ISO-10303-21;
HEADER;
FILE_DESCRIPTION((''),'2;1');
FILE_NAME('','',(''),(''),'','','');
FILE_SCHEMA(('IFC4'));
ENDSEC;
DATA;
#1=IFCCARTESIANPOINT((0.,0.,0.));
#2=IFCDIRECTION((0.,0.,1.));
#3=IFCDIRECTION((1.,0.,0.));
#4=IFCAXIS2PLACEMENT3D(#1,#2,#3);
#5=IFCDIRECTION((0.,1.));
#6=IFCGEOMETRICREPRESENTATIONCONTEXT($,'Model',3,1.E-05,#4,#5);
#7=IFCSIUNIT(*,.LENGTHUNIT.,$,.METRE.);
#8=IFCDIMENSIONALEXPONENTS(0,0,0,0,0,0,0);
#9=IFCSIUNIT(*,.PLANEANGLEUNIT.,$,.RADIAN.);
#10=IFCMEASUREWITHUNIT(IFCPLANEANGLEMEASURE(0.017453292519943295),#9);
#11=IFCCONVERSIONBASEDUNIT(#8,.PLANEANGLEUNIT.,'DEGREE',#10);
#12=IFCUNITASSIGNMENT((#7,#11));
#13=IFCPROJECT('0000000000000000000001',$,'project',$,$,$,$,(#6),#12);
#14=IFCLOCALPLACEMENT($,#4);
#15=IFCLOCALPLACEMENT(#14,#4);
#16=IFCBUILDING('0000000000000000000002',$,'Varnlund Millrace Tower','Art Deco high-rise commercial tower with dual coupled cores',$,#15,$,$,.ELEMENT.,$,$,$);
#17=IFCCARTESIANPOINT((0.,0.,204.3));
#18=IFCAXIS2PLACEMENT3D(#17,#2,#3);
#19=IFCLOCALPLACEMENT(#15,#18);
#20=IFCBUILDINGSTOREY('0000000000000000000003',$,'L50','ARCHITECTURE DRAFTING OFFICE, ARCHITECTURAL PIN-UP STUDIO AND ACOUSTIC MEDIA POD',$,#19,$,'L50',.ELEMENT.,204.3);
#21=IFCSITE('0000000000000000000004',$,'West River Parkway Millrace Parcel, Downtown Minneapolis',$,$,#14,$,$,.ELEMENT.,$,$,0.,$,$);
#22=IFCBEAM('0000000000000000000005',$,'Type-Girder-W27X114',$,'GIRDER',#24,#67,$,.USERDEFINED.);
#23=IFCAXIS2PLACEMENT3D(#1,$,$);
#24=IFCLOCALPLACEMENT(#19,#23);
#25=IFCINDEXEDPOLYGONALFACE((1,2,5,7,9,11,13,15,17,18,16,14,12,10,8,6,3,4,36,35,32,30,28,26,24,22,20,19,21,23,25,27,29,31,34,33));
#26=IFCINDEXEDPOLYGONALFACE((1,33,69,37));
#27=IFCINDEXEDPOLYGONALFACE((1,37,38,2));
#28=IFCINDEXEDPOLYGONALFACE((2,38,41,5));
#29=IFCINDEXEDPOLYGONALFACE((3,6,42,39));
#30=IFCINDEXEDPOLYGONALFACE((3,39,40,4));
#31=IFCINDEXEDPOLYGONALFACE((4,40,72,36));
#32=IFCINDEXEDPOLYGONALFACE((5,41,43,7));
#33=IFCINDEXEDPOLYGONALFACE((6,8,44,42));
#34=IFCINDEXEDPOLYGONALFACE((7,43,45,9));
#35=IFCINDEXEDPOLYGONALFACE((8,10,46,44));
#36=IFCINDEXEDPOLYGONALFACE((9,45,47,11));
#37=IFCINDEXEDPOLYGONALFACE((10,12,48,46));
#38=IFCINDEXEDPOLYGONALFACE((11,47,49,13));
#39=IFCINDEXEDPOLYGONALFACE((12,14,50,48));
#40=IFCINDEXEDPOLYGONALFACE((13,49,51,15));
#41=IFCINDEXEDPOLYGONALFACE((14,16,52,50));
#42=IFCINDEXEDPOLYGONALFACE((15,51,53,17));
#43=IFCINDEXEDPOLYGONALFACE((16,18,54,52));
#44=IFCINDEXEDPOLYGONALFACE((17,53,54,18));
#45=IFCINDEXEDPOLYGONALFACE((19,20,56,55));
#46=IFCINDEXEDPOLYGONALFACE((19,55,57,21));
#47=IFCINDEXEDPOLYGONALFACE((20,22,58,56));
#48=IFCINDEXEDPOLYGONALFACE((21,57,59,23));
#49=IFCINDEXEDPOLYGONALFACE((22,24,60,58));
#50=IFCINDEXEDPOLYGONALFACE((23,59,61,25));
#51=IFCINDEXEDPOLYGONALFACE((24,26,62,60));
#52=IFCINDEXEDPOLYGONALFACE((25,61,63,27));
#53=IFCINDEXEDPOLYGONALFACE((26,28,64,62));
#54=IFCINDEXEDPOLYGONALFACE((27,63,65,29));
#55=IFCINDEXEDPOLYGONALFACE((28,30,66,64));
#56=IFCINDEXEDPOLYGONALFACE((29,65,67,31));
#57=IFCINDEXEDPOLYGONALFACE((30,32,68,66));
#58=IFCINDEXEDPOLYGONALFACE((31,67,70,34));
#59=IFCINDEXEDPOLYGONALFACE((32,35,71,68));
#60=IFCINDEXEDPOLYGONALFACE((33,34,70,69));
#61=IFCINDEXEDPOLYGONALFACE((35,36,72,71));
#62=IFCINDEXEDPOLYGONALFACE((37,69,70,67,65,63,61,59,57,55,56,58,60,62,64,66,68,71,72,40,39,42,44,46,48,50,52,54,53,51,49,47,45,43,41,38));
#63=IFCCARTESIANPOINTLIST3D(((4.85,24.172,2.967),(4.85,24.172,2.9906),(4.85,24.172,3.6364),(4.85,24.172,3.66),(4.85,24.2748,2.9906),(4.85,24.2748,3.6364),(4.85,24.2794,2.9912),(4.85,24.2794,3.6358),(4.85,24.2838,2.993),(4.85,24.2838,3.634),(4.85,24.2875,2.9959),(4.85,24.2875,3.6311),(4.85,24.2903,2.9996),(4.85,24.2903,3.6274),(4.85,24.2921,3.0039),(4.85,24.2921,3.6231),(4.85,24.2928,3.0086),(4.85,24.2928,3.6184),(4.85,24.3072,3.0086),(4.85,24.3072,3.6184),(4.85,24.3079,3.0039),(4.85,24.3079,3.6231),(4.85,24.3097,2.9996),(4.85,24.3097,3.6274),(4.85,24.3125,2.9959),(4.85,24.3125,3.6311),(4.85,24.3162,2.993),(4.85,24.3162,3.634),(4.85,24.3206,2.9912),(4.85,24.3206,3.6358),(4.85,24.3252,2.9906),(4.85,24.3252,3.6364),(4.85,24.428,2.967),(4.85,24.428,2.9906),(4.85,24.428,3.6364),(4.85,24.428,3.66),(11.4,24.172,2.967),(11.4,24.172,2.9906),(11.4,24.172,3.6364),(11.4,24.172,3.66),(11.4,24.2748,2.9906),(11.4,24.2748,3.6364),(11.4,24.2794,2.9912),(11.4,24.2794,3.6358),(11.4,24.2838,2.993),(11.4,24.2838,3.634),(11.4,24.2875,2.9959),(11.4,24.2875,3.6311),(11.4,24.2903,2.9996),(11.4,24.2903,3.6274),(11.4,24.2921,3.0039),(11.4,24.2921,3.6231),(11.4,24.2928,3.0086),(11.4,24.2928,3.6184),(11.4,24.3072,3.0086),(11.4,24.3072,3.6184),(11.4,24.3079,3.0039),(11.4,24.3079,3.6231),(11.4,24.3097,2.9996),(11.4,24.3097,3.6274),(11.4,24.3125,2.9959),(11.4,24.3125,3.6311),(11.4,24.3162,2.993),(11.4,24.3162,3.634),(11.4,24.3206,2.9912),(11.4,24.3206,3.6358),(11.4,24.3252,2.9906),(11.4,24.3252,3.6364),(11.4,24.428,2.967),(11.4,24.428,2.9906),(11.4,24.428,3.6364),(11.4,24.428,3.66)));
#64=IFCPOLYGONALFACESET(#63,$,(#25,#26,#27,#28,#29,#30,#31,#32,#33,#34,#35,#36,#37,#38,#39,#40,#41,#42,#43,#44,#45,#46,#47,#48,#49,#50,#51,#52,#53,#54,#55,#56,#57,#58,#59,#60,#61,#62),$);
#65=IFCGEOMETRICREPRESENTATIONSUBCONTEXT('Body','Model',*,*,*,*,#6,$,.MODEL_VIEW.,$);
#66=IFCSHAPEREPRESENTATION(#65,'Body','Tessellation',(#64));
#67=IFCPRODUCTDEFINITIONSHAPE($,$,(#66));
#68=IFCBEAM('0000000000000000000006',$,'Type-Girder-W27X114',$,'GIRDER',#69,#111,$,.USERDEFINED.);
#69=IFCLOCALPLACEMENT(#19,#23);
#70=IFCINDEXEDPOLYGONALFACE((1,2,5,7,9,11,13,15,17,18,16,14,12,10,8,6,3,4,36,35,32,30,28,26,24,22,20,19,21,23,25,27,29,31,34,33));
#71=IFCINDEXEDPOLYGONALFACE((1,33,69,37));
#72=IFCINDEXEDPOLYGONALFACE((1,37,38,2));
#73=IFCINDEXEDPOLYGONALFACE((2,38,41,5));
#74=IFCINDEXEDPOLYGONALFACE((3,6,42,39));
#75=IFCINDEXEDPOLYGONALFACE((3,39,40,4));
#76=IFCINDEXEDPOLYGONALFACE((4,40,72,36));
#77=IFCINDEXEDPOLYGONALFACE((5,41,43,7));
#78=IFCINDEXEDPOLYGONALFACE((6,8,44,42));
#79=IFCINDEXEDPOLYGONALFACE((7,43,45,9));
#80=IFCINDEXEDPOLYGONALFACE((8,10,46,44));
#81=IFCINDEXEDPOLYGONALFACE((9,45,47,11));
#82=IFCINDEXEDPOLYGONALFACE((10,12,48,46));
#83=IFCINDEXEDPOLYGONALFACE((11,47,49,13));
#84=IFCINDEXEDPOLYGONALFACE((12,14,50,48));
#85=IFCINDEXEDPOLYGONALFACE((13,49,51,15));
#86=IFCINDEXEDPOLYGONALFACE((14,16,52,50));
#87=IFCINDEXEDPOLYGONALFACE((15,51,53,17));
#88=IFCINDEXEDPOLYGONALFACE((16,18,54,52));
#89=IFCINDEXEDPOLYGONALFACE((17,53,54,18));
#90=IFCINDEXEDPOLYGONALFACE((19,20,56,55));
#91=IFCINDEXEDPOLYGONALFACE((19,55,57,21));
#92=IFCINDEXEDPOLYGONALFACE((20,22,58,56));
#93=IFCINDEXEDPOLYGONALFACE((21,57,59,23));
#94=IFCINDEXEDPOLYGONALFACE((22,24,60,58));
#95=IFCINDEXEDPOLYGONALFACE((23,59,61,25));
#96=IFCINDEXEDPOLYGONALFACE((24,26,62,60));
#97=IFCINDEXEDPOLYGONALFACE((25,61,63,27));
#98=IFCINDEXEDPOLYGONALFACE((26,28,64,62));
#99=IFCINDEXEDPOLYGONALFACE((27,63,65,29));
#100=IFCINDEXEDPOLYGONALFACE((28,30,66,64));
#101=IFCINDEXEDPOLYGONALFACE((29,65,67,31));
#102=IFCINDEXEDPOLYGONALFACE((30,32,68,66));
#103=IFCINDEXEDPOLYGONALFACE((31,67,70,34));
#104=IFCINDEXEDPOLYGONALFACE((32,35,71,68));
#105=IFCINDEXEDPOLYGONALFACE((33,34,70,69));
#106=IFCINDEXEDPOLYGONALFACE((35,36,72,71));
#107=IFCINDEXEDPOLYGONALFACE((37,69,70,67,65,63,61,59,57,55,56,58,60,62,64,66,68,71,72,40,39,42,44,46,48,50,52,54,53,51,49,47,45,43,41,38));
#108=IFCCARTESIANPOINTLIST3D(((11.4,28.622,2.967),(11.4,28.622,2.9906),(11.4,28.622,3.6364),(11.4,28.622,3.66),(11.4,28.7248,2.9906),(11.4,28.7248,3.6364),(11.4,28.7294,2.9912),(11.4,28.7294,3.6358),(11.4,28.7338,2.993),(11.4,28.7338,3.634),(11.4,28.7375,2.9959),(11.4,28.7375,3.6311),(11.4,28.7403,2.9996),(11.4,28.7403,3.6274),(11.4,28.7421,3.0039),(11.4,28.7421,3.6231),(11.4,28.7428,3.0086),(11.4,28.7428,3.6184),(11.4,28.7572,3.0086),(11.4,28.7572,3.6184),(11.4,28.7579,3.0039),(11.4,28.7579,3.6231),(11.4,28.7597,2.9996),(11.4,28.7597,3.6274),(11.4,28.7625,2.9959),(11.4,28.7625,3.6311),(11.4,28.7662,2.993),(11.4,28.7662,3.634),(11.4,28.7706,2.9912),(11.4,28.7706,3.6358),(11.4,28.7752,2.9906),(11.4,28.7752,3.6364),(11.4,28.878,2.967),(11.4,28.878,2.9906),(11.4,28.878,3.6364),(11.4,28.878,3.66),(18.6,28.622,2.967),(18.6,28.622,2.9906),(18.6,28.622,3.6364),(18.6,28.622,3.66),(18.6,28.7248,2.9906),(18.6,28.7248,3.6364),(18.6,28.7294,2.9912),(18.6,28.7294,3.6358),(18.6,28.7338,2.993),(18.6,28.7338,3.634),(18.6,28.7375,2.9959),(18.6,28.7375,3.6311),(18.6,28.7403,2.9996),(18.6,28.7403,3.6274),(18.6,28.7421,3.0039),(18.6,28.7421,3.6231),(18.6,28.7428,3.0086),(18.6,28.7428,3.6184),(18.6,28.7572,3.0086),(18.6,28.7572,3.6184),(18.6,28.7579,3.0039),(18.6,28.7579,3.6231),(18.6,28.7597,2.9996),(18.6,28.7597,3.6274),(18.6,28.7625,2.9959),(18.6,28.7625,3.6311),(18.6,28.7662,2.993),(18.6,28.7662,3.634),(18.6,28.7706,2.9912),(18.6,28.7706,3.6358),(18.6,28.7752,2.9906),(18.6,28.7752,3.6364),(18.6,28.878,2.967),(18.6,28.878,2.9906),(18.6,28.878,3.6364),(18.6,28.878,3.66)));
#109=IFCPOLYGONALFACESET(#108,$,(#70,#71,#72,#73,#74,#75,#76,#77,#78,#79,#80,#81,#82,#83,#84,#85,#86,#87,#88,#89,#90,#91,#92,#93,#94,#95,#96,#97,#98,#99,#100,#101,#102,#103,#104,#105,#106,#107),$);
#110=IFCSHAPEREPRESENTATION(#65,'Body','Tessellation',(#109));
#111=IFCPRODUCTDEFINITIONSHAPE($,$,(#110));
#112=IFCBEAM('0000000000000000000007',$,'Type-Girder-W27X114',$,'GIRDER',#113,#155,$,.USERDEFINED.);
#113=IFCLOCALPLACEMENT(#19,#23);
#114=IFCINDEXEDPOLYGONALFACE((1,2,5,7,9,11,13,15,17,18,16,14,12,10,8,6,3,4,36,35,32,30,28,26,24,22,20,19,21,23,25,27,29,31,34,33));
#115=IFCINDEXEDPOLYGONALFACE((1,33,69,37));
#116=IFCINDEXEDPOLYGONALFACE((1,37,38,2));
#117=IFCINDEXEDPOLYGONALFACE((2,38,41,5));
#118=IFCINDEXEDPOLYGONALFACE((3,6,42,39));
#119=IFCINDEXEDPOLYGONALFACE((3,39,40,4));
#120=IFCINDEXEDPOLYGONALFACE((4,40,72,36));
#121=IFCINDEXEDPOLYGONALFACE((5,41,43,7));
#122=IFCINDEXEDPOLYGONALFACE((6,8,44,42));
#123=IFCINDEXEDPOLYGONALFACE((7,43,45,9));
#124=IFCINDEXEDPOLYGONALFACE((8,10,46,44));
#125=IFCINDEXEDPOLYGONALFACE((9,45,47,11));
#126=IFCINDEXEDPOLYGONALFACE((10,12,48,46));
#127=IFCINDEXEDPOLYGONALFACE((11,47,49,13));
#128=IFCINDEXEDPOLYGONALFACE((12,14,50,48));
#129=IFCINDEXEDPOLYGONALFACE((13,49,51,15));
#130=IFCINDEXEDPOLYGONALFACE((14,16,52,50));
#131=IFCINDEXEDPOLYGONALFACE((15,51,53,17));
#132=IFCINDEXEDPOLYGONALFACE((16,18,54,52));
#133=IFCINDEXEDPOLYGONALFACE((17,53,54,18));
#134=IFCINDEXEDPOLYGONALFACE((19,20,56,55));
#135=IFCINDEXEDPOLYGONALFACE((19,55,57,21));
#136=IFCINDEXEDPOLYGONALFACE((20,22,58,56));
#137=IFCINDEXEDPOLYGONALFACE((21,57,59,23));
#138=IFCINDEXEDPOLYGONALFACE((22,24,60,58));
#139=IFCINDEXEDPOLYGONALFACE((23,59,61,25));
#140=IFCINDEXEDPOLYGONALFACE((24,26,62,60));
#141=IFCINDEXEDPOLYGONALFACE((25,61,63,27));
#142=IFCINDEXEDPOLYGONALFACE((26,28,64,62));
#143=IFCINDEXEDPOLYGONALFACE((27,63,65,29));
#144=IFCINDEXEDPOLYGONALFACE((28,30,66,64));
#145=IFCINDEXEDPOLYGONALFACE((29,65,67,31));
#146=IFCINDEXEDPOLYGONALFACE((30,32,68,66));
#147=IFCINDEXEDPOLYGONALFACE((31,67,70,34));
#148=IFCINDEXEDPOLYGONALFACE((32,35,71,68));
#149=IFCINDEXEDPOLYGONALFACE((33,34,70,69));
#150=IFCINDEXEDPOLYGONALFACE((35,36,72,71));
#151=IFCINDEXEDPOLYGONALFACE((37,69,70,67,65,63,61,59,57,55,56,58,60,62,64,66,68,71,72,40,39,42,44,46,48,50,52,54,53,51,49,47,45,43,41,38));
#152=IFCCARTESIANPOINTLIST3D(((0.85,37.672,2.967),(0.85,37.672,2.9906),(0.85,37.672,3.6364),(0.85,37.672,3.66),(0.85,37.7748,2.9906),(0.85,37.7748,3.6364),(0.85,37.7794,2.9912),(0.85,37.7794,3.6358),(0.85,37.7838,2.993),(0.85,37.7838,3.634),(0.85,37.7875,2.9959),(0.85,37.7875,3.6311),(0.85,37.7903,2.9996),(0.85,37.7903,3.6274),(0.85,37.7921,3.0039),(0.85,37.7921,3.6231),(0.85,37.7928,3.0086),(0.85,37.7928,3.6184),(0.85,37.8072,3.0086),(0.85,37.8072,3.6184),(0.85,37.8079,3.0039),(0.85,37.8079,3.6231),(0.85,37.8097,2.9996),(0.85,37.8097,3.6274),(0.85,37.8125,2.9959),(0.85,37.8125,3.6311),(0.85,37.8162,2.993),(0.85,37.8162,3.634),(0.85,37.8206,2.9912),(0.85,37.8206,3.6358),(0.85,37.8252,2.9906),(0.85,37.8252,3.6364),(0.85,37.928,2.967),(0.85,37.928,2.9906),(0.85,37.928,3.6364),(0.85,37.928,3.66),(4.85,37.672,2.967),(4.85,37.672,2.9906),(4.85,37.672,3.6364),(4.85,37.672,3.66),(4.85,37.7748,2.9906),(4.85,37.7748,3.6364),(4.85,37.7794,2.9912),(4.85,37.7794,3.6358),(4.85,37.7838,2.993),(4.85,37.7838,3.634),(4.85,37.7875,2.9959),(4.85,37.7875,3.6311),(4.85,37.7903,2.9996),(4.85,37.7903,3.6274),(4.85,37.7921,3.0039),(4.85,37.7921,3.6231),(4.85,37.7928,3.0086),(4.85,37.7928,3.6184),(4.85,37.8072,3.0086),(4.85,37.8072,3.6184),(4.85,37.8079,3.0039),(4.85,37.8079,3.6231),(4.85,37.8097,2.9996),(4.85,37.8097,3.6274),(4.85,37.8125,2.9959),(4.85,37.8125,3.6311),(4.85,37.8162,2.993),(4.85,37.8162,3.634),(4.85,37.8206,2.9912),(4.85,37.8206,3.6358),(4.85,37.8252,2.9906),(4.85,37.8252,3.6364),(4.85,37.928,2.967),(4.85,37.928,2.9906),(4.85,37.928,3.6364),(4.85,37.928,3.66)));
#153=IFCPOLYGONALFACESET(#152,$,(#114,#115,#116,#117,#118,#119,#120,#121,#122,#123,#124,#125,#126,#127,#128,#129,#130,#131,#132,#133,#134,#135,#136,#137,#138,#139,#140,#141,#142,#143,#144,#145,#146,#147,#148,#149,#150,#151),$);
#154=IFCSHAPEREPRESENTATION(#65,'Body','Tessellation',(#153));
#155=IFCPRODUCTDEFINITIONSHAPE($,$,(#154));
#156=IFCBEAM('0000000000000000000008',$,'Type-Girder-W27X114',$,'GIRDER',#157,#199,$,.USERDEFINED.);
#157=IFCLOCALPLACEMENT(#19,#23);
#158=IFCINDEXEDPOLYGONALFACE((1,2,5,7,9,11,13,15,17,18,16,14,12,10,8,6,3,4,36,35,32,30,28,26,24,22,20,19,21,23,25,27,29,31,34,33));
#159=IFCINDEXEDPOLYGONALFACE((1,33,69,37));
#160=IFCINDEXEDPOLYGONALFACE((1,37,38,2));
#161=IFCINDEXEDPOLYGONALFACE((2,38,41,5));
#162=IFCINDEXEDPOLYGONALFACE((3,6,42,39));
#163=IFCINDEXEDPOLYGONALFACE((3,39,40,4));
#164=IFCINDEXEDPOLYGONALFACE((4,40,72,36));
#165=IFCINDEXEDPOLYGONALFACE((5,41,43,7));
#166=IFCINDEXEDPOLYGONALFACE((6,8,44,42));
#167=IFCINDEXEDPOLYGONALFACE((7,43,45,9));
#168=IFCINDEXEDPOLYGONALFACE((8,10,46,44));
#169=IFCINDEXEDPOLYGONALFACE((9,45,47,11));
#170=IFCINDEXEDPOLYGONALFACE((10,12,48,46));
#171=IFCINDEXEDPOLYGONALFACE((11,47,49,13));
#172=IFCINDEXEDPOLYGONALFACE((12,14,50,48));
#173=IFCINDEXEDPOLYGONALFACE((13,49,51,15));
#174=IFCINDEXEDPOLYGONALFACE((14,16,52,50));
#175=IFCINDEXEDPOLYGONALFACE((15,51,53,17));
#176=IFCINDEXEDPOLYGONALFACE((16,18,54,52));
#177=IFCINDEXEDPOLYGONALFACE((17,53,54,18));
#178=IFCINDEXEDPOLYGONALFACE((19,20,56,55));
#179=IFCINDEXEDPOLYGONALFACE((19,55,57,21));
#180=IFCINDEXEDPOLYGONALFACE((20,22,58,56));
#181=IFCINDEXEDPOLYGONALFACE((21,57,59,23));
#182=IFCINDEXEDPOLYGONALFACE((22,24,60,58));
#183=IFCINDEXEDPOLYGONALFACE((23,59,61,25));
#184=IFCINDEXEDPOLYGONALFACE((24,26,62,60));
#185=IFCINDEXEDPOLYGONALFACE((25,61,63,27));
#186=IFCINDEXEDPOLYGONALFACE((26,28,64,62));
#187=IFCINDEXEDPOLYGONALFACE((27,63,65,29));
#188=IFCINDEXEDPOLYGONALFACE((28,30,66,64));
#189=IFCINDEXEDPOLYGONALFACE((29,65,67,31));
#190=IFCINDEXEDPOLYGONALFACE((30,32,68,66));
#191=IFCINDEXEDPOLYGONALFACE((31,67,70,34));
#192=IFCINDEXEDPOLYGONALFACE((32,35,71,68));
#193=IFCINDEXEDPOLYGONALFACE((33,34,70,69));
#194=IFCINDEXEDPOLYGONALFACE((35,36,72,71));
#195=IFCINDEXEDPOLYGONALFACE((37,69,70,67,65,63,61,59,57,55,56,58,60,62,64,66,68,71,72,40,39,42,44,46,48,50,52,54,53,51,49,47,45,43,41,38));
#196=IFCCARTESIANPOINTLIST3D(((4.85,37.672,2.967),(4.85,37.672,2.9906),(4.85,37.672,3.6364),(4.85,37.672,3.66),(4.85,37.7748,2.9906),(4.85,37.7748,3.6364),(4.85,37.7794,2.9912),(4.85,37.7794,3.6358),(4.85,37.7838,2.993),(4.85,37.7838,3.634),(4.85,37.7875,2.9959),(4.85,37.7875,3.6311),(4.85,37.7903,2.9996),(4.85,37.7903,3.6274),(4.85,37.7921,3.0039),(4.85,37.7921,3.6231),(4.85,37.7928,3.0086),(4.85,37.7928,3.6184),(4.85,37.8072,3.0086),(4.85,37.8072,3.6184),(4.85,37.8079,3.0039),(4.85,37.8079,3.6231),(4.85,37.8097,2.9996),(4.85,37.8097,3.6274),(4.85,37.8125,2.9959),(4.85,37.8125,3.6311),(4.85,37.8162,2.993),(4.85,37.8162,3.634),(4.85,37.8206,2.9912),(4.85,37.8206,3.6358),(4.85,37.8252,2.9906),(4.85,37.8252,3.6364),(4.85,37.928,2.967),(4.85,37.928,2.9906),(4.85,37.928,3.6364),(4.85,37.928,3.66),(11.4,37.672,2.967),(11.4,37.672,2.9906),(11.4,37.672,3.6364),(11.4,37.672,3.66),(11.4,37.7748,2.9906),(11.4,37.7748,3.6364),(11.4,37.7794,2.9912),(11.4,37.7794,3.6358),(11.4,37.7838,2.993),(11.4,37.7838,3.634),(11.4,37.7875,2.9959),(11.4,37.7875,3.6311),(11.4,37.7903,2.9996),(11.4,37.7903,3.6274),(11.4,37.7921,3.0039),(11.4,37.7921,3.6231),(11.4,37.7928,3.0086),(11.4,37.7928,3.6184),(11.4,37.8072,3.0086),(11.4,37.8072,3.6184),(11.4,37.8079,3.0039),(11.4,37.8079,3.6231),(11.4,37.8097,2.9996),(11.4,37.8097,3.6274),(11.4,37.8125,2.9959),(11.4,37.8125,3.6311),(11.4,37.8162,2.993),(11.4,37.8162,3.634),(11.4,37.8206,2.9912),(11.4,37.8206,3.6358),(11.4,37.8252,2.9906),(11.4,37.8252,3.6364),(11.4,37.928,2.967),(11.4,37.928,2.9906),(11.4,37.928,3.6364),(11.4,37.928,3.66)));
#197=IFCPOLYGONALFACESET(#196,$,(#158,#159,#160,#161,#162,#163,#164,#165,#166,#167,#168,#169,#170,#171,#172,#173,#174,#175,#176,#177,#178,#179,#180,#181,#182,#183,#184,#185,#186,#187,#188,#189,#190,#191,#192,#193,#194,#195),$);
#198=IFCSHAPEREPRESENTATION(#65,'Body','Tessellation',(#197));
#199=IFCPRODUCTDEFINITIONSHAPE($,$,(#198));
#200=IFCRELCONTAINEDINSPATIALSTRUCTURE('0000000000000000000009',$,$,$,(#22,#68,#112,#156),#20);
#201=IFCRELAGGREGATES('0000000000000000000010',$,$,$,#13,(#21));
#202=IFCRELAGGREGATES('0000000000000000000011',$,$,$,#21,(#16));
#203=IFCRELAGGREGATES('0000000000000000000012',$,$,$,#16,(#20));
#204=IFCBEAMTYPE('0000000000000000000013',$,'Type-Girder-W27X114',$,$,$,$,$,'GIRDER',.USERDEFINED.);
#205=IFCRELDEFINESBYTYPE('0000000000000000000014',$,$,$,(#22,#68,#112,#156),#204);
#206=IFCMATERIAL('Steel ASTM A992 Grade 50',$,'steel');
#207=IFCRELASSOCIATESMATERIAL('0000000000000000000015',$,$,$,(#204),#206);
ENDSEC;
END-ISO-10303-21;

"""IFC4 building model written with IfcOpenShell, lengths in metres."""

from ifc_helpers import new_model, entity, si_unit, converted_unit, direction, frame, origin_with_axes, origin_2d_with_axis, place, context, subcontext, project, spatial, i_section, extrude, material, material_profile, profile_set, type_object, element, save


model = new_model("IFC4")

# Units and contexts
model_context = context("Model", 3, precision=1e-05, world=origin_with_axes(), true_north=direction((0.0, 1.0)))
body_context = subcontext(model_context, "Body", "Model", "MODEL_VIEW")
ifc_project = project(units=[si_unit("LENGTHUNIT", "METRE"), converted_unit("PLANEANGLEUNIT", "DEGREE", entity("IfcPlaneAngleMeasure", 0.017453292519943295), si_unit("PLANEANGLEUNIT", "RADIAN"), dimensions=[0, 0, 0, 0, 0, 0, 0])], contexts=[model_context])

# Site, building, storey
site_placement = place(None, origin_with_axes())
site = spatial("IfcSite", under=ifc_project, at=site_placement, Name="West River Parkway Millrace Parcel, Downtown Minneapolis", CompositionType="ELEMENT", RefElevation=0.0)
building_placement = place(site_placement, origin_with_axes())
building = spatial("IfcBuilding", under=site, at=building_placement, Name="Varnlund Millrace Tower", Description="Art Deco high-rise commercial tower with dual coupled cores", CompositionType="ELEMENT")
storey_placement = place(building_placement, frame((0.0, 0.0, 204.3), z_axis=(0.0, 0.0, 1.0), x_axis=(1.0, 0.0, 0.0)))
storey = spatial("IfcBuildingStorey", under=building, at=storey_placement, Name="L50", Description="ARCHITECTURE DRAFTING OFFICE, ARCHITECTURAL PIN-UP STUDIO AND ACOUSTIC MEDIA POD", LongName="L50", CompositionType="ELEMENT", Elevation=204.3)

# Beams
ifc_material_1 = material(Name="Steel ASTM A992 Grade 50", Category="steel")
ifc_material_profile_1 = material_profile(ifc_material_1, i_section(OverallWidth=0.256, OverallDepth=0.693, WebThickness=0.0145, FlangeThickness=0.0236, FilletRadius=0.018, at=origin_2d_with_axis()), Name="Steel ASTM A992 Grade 50")
ifc_profile_set_1 = profile_set([ifc_material_profile_1], Name="Steel ASTM A992 Grade 50")
beam_type_1 = type_object("IfcBeamType", Name="Type-Girder-W27X114", ElementType="GIRDER", PredefinedType="USERDEFINED", material=ifc_profile_set_1)
beam_1_placement = place(storey_placement, frame((4.85, 24.3, 3.3135), z_axis=(1.0, 0.0, 0.0), x_axis=(0.0, 1.0, 0.0)))
element("IfcBeam", 1, at=beam_1_placement, inside=storey, type_object=beam_type_1, Name="Type-Girder-W27X114", ObjectType="GIRDER", PredefinedType="USERDEFINED", context=body_context, shape_type="SweptSolid", body=[
    extrude(i_section(OverallWidth=0.256, OverallDepth=0.693, WebThickness=0.0145, FlangeThickness=0.0236, FilletRadius=0.018, at=origin_2d_with_axis()), origin_with_axes(), (0.0, 0.0, 1.0), 6.55),
])
beam_2_placement = place(storey_placement, frame((11.4, 28.75, 3.3135), z_axis=(1.0, 0.0, 0.0), x_axis=(0.0, 1.0, 0.0)))
element("IfcBeam", 2, at=beam_2_placement, inside=storey, type_object=beam_type_1, Name="Type-Girder-W27X114", ObjectType="GIRDER", PredefinedType="USERDEFINED", context=body_context, shape_type="SweptSolid", body=[
    extrude(i_section(OverallWidth=0.256, OverallDepth=0.693, WebThickness=0.0145, FlangeThickness=0.0236, FilletRadius=0.018, at=origin_2d_with_axis()), origin_with_axes(), (0.0, 0.0, 1.0), 7.2),
])
beam_3_placement = place(storey_placement, frame((0.85, 37.8, 3.3135), z_axis=(1.0, 0.0, 0.0), x_axis=(0.0, 1.0, 0.0)))
element("IfcBeam", 3, at=beam_3_placement, inside=storey, type_object=beam_type_1, Name="Type-Girder-W27X114", ObjectType="GIRDER", PredefinedType="USERDEFINED", context=body_context, shape_type="SweptSolid", body=[
    extrude(i_section(OverallWidth=0.256, OverallDepth=0.693, WebThickness=0.0145, FlangeThickness=0.0236, FilletRadius=0.018, at=origin_2d_with_axis()), origin_with_axes(), (0.0, 0.0, 1.0), 4.0),
])
beam_4_placement = place(storey_placement, frame((4.85, 37.8, 3.3135), z_axis=(1.0, 0.0, 0.0), x_axis=(0.0, 1.0, 0.0)))
element("IfcBeam", 4, at=beam_4_placement, inside=storey, type_object=beam_type_1, Name="Type-Girder-W27X114", ObjectType="GIRDER", PredefinedType="USERDEFINED", context=body_context, shape_type="SweptSolid", body=[
    extrude(i_section(OverallWidth=0.256, OverallDepth=0.693, WebThickness=0.0145, FlangeThickness=0.0236, FilletRadius=0.018, at=origin_2d_with_axis()), origin_with_axes(), (0.0, 0.0, 1.0), 6.55),
])

save(model, "model.ifc")
